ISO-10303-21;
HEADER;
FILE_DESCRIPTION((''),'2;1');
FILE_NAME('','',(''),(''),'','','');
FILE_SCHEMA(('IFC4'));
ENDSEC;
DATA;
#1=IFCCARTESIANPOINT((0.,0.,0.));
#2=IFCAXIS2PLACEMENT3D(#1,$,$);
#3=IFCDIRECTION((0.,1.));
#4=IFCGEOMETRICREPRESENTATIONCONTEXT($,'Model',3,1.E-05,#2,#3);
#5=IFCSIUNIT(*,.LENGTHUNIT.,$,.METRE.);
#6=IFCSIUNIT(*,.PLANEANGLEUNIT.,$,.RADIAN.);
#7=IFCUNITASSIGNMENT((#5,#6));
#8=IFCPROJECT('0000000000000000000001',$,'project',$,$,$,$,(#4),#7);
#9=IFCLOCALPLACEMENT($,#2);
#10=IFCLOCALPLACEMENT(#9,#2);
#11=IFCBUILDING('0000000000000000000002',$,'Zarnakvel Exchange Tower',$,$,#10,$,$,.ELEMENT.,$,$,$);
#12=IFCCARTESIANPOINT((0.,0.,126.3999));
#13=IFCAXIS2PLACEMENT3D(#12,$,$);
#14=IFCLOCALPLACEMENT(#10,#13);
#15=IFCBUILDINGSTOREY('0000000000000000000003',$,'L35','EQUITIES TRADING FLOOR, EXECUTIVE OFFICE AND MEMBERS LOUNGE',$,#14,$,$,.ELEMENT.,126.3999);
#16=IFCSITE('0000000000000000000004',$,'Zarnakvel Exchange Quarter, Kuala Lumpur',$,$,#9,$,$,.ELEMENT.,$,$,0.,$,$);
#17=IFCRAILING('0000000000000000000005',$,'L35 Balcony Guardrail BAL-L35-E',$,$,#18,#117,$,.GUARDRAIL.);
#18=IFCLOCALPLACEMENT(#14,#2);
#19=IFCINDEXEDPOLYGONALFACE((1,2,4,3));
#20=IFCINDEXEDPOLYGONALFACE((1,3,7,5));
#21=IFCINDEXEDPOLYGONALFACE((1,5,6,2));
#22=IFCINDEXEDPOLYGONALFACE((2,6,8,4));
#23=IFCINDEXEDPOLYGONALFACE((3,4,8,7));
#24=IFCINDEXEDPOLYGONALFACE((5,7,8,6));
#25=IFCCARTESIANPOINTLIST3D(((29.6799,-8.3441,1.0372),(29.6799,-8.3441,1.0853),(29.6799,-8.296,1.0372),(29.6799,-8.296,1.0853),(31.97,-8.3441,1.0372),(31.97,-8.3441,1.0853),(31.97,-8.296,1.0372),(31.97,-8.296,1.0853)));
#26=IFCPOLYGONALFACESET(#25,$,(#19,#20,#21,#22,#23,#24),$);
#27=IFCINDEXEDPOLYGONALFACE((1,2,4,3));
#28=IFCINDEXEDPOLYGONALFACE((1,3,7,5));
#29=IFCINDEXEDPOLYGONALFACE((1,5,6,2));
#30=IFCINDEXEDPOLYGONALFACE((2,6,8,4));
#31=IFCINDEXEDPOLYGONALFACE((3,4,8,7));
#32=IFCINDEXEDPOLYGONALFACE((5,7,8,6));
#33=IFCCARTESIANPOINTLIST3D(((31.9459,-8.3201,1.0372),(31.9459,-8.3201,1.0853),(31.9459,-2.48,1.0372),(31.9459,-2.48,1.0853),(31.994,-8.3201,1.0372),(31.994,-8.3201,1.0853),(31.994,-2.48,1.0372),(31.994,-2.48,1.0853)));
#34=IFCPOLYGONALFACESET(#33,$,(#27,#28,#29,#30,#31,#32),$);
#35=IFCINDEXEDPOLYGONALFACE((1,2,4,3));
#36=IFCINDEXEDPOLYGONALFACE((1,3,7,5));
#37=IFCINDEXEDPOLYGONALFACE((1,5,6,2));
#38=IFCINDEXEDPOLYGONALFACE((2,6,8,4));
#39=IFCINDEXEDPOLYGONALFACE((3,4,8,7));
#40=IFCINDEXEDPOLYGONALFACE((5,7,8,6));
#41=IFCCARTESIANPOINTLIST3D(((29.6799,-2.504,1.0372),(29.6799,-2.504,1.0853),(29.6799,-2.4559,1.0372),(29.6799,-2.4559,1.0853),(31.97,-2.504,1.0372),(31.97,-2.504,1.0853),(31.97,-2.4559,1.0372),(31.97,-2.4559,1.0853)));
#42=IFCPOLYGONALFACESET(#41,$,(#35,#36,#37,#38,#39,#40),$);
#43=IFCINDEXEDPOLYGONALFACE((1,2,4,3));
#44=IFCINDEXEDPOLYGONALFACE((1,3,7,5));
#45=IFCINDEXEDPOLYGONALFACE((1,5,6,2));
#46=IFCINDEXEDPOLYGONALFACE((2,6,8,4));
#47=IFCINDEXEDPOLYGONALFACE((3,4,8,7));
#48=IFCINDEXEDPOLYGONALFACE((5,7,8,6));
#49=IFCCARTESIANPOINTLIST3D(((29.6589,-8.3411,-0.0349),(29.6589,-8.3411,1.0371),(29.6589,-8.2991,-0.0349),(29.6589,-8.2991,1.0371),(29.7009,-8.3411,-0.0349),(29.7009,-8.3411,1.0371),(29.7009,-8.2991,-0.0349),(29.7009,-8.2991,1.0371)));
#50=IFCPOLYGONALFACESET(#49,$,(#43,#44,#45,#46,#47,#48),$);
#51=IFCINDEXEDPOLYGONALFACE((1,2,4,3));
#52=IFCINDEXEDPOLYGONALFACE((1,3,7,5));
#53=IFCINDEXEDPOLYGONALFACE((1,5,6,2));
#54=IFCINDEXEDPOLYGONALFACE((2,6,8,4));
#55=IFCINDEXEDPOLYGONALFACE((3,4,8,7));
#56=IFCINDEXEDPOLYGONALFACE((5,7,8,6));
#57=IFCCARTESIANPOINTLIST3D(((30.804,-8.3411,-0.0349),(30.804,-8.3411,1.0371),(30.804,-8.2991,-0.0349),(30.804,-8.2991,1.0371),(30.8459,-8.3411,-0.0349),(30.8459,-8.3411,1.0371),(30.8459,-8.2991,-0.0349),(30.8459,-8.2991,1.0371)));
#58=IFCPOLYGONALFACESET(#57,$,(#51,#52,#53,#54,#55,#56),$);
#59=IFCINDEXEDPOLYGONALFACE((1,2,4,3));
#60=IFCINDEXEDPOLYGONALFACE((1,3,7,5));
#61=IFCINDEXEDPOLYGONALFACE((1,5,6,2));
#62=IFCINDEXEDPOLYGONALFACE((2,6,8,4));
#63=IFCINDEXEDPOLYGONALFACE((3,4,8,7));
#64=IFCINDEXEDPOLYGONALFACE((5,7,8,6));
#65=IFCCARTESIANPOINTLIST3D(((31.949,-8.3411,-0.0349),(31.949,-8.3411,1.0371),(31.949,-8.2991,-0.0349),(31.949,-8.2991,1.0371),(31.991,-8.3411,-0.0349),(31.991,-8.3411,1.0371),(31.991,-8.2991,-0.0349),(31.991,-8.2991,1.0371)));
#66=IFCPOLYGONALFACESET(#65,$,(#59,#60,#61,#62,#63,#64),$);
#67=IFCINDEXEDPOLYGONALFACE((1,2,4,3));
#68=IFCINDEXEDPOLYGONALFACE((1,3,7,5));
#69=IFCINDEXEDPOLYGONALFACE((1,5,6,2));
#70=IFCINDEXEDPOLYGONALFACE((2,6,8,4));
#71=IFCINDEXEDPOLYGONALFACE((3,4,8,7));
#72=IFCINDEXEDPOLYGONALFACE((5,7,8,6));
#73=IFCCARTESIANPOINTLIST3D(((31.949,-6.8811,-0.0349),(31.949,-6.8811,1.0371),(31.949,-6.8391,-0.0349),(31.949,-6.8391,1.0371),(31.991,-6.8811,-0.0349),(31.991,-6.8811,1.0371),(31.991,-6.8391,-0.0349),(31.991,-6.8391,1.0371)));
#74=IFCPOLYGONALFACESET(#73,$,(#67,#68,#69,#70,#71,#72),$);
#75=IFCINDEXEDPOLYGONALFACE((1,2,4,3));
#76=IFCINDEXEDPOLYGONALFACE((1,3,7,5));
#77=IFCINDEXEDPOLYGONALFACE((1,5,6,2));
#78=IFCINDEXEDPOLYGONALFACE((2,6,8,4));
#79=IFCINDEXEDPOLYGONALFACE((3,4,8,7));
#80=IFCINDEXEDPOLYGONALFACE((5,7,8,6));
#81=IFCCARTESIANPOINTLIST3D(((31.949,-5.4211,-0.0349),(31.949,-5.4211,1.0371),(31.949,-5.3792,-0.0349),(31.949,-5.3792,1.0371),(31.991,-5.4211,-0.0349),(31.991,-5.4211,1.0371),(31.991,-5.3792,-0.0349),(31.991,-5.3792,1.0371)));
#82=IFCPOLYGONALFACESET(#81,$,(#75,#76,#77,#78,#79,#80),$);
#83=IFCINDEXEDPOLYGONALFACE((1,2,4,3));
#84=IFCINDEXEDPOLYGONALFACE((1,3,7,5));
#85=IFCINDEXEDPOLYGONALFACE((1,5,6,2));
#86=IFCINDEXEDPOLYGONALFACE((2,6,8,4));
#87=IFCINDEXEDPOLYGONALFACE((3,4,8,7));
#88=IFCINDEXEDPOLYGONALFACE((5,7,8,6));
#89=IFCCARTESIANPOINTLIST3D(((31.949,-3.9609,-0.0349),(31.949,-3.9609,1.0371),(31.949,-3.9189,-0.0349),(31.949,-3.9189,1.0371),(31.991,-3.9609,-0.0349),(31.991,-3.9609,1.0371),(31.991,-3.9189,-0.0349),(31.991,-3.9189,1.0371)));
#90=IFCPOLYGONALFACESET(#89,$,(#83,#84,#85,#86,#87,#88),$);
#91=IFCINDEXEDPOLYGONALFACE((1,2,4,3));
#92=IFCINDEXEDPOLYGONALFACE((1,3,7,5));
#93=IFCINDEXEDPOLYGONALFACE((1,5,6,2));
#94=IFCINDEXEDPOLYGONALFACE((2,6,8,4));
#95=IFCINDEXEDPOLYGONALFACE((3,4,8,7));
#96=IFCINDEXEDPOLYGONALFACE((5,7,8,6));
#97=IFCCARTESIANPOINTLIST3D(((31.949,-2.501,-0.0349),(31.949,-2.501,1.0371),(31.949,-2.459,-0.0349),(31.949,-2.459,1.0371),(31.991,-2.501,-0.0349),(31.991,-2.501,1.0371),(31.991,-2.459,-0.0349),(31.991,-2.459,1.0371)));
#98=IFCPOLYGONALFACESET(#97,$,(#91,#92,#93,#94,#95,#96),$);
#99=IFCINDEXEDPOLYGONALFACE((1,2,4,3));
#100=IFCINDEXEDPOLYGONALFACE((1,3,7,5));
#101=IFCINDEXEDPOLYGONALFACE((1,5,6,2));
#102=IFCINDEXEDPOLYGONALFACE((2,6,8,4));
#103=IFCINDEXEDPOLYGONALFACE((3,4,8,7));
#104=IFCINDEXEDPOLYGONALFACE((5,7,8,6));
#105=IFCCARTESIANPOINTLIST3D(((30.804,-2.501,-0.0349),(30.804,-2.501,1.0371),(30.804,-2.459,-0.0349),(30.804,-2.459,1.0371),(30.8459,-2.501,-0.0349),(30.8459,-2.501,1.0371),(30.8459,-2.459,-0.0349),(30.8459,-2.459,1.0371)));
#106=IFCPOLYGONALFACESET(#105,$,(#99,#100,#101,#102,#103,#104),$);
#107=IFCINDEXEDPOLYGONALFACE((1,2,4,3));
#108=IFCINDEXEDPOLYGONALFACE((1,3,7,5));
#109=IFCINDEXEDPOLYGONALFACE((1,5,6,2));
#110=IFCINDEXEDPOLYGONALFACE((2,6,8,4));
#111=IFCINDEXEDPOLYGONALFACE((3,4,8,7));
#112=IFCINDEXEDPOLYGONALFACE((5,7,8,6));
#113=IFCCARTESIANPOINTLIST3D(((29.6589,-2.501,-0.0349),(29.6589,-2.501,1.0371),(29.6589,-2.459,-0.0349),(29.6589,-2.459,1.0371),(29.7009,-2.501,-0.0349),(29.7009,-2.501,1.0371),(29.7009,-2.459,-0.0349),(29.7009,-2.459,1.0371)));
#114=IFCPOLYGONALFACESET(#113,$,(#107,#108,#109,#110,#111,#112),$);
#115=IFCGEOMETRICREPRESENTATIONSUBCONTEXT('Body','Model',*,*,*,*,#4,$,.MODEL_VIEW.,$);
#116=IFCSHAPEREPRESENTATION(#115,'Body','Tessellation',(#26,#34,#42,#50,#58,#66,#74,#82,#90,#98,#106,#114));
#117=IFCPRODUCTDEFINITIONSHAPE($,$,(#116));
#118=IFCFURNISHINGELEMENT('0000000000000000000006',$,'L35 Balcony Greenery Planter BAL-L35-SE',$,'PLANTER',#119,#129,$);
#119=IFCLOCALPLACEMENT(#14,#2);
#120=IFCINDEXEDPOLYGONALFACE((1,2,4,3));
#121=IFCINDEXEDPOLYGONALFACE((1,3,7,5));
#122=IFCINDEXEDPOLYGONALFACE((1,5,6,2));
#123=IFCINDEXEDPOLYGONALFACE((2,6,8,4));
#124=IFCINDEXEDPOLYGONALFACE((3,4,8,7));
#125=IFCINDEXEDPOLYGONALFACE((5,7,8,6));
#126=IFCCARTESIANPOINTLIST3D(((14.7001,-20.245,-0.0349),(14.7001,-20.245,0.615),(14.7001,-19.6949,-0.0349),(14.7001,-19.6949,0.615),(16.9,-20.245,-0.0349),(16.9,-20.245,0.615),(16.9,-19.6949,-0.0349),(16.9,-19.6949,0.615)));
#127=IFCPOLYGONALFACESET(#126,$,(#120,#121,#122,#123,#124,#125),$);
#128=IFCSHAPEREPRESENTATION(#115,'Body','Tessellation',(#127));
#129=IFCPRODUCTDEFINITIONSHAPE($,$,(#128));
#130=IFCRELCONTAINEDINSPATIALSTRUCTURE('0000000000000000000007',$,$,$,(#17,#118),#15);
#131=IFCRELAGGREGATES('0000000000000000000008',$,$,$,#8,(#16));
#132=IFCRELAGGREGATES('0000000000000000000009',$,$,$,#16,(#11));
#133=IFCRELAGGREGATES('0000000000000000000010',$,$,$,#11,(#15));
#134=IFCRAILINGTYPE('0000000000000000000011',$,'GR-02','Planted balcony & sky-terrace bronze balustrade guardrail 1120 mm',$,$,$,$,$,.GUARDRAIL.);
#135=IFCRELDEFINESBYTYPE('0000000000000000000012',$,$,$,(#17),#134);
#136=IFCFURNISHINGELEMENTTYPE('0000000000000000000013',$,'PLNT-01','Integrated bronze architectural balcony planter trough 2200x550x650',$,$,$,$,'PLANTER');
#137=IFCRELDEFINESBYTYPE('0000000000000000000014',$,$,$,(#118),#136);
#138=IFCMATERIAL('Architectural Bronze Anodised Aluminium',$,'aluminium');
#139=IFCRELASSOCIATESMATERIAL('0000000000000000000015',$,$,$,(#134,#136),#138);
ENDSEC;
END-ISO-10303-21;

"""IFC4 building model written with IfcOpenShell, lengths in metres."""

from ifc_helpers import new_model, si_unit, direction, frame, origin, origin_2d, place, context, subcontext, project, spatial, rectangle, extrude, source, transform, mapped, material, type_object, element, save


model = new_model("IFC4")

# Units and contexts
model_context = context("Model", 3, precision=1e-05, world=origin(), true_north=direction((0.0, 1.0)))
body_context = subcontext(model_context, "Body", "Model", "MODEL_VIEW")
ifc_project = project(units=[si_unit("LENGTHUNIT", "METRE"), si_unit("PLANEANGLEUNIT", "RADIAN")], contexts=[model_context])

# Site, building, storey
site_placement = place(None, origin())
site = spatial("IfcSite", under=ifc_project, at=site_placement, Name="Zarnakvel Exchange Quarter, Kuala Lumpur", CompositionType="ELEMENT", RefElevation=0.0)
building_placement = place(site_placement, origin())
building = spatial("IfcBuilding", under=site, at=building_placement, Name="Zarnakvel Exchange Tower", CompositionType="ELEMENT")
storey_placement = place(building_placement, frame((0.0, 0.0, 126.3999)))
storey = spatial("IfcBuildingStorey", under=building, at=storey_placement, Name="L35", Description="EQUITIES TRADING FLOOR, EXECUTIVE OFFICE AND MEMBERS LOUNGE", CompositionType="ELEMENT", Elevation=126.3999)

# Shared definitions
ifc_material_1 = material(Name="Architectural Bronze Anodised Aluminium", Category="aluminium")

# Railing
railing_type = type_object("IfcRailingType", Name="GR-02", Description="Planted balcony & sky-terrace bronze balustrade guardrail 1120 mm", PredefinedType="GUARDRAIL", material=ifc_material_1)
railing_placement = place(storey_placement, frame((29.6799, -8.3201, -0.0349)))
element("IfcRailing", 1, at=railing_placement, inside=storey, type_object=railing_type, Name="L35 Balcony Guardrail BAL-L35-E", PredefinedType="GUARDRAIL", context=body_context, shape_type="SweptSolid", body=[
    extrude(rectangle(XDim=0.0481, YDim=0.0481, at=origin_2d()), frame((0.0, 0.0, 1.0962), z_axis=(1.0, 0.0, 0.0), x_axis=(0.0, 1.0, 0.0)), (0.0, 0.0, 1.0), 2.29),
    extrude(rectangle(XDim=0.0481, YDim=0.0481, at=origin_2d()), frame((2.29, 0.0, 1.0962), z_axis=(0.0, 1.0, 0.0), x_axis=(-1.0, 0.0, 0.0)), (0.0, 0.0, 1.0), 5.8401),
    extrude(rectangle(XDim=0.0481, YDim=0.0481, at=origin_2d()), frame((2.29, 5.8401, 1.0962), z_axis=(-1.0, 0.0, 0.0), x_axis=(0.0, -1.0, 0.0)), (0.0, 0.0, 1.0), 2.29),
    extrude(rectangle(XDim=0.042, YDim=0.042, at=origin_2d()), origin(), (0.0, 0.0, 1.0), 1.072),
    extrude(rectangle(XDim=0.042, YDim=0.042, at=origin_2d()), frame((1.145, 0.0, 0.0)), (0.0, 0.0, 1.0), 1.072),
    extrude(rectangle(XDim=0.042, YDim=0.042, at=origin_2d()), frame((2.29, 0.0, 0.0)), (0.0, 0.0, 1.0), 1.072),
    extrude(rectangle(XDim=0.042, YDim=0.042, at=origin_2d()), frame((2.29, 1.46, 0.0)), (0.0, 0.0, 1.0), 1.072),
    extrude(rectangle(XDim=0.042, YDim=0.042, at=origin_2d()), frame((2.29, 2.9199, 0.0)), (0.0, 0.0, 1.0), 1.072),
    extrude(rectangle(XDim=0.042, YDim=0.042, at=origin_2d()), frame((2.29, 4.3801, 0.0)), (0.0, 0.0, 1.0), 1.072),
    extrude(rectangle(XDim=0.042, YDim=0.042, at=origin_2d()), frame((2.29, 5.8401, 0.0)), (0.0, 0.0, 1.0), 1.072),
    extrude(rectangle(XDim=0.042, YDim=0.042, at=origin_2d()), frame((1.145, 5.8401, 0.0)), (0.0, 0.0, 1.0), 1.072),
    extrude(rectangle(XDim=0.042, YDim=0.042, at=origin_2d()), frame((0.0, 5.8401, 0.0)), (0.0, 0.0, 1.0), 1.072),
])

# Furnishing element
furnishing_element_type = type_object("IfcFurnishingElementType", Name="PLNT-01", Description="Integrated bronze architectural balcony planter trough 2200x550x650", ElementType="PLANTER", material=ifc_material_1)
shared_shape_1 = source(origin(), body_context, "Body", "SweptSolid", [
    extrude(rectangle(XDim=2.2, YDim=0.55, at=origin_2d()), origin(), (0.0, 0.0, 1.0), 0.6499),
])
furnishing_placement = place(storey_placement, frame((15.8, -19.97, -0.0349), z_axis=(0.0, 0.0, 1.0), x_axis=(1.0, 0.0, 0.0)))
element("IfcFurnishingElement", 2, at=furnishing_placement, inside=storey, type_object=furnishing_element_type, Name="L35 Balcony Greenery Planter BAL-L35-SE", ObjectType="PLANTER", context=body_context, shape_type="MappedRepresentation", body=[
    mapped(shared_shape_1, transform((0.0, 0.0, 0.0), x_axis=(1.0, 0.0, 0.0), y_axis=(0.0, 1.0, 0.0), z_axis=(0.0, 0.0, 1.0), scale=1.0)),
])

save(model, "model.ifc")
